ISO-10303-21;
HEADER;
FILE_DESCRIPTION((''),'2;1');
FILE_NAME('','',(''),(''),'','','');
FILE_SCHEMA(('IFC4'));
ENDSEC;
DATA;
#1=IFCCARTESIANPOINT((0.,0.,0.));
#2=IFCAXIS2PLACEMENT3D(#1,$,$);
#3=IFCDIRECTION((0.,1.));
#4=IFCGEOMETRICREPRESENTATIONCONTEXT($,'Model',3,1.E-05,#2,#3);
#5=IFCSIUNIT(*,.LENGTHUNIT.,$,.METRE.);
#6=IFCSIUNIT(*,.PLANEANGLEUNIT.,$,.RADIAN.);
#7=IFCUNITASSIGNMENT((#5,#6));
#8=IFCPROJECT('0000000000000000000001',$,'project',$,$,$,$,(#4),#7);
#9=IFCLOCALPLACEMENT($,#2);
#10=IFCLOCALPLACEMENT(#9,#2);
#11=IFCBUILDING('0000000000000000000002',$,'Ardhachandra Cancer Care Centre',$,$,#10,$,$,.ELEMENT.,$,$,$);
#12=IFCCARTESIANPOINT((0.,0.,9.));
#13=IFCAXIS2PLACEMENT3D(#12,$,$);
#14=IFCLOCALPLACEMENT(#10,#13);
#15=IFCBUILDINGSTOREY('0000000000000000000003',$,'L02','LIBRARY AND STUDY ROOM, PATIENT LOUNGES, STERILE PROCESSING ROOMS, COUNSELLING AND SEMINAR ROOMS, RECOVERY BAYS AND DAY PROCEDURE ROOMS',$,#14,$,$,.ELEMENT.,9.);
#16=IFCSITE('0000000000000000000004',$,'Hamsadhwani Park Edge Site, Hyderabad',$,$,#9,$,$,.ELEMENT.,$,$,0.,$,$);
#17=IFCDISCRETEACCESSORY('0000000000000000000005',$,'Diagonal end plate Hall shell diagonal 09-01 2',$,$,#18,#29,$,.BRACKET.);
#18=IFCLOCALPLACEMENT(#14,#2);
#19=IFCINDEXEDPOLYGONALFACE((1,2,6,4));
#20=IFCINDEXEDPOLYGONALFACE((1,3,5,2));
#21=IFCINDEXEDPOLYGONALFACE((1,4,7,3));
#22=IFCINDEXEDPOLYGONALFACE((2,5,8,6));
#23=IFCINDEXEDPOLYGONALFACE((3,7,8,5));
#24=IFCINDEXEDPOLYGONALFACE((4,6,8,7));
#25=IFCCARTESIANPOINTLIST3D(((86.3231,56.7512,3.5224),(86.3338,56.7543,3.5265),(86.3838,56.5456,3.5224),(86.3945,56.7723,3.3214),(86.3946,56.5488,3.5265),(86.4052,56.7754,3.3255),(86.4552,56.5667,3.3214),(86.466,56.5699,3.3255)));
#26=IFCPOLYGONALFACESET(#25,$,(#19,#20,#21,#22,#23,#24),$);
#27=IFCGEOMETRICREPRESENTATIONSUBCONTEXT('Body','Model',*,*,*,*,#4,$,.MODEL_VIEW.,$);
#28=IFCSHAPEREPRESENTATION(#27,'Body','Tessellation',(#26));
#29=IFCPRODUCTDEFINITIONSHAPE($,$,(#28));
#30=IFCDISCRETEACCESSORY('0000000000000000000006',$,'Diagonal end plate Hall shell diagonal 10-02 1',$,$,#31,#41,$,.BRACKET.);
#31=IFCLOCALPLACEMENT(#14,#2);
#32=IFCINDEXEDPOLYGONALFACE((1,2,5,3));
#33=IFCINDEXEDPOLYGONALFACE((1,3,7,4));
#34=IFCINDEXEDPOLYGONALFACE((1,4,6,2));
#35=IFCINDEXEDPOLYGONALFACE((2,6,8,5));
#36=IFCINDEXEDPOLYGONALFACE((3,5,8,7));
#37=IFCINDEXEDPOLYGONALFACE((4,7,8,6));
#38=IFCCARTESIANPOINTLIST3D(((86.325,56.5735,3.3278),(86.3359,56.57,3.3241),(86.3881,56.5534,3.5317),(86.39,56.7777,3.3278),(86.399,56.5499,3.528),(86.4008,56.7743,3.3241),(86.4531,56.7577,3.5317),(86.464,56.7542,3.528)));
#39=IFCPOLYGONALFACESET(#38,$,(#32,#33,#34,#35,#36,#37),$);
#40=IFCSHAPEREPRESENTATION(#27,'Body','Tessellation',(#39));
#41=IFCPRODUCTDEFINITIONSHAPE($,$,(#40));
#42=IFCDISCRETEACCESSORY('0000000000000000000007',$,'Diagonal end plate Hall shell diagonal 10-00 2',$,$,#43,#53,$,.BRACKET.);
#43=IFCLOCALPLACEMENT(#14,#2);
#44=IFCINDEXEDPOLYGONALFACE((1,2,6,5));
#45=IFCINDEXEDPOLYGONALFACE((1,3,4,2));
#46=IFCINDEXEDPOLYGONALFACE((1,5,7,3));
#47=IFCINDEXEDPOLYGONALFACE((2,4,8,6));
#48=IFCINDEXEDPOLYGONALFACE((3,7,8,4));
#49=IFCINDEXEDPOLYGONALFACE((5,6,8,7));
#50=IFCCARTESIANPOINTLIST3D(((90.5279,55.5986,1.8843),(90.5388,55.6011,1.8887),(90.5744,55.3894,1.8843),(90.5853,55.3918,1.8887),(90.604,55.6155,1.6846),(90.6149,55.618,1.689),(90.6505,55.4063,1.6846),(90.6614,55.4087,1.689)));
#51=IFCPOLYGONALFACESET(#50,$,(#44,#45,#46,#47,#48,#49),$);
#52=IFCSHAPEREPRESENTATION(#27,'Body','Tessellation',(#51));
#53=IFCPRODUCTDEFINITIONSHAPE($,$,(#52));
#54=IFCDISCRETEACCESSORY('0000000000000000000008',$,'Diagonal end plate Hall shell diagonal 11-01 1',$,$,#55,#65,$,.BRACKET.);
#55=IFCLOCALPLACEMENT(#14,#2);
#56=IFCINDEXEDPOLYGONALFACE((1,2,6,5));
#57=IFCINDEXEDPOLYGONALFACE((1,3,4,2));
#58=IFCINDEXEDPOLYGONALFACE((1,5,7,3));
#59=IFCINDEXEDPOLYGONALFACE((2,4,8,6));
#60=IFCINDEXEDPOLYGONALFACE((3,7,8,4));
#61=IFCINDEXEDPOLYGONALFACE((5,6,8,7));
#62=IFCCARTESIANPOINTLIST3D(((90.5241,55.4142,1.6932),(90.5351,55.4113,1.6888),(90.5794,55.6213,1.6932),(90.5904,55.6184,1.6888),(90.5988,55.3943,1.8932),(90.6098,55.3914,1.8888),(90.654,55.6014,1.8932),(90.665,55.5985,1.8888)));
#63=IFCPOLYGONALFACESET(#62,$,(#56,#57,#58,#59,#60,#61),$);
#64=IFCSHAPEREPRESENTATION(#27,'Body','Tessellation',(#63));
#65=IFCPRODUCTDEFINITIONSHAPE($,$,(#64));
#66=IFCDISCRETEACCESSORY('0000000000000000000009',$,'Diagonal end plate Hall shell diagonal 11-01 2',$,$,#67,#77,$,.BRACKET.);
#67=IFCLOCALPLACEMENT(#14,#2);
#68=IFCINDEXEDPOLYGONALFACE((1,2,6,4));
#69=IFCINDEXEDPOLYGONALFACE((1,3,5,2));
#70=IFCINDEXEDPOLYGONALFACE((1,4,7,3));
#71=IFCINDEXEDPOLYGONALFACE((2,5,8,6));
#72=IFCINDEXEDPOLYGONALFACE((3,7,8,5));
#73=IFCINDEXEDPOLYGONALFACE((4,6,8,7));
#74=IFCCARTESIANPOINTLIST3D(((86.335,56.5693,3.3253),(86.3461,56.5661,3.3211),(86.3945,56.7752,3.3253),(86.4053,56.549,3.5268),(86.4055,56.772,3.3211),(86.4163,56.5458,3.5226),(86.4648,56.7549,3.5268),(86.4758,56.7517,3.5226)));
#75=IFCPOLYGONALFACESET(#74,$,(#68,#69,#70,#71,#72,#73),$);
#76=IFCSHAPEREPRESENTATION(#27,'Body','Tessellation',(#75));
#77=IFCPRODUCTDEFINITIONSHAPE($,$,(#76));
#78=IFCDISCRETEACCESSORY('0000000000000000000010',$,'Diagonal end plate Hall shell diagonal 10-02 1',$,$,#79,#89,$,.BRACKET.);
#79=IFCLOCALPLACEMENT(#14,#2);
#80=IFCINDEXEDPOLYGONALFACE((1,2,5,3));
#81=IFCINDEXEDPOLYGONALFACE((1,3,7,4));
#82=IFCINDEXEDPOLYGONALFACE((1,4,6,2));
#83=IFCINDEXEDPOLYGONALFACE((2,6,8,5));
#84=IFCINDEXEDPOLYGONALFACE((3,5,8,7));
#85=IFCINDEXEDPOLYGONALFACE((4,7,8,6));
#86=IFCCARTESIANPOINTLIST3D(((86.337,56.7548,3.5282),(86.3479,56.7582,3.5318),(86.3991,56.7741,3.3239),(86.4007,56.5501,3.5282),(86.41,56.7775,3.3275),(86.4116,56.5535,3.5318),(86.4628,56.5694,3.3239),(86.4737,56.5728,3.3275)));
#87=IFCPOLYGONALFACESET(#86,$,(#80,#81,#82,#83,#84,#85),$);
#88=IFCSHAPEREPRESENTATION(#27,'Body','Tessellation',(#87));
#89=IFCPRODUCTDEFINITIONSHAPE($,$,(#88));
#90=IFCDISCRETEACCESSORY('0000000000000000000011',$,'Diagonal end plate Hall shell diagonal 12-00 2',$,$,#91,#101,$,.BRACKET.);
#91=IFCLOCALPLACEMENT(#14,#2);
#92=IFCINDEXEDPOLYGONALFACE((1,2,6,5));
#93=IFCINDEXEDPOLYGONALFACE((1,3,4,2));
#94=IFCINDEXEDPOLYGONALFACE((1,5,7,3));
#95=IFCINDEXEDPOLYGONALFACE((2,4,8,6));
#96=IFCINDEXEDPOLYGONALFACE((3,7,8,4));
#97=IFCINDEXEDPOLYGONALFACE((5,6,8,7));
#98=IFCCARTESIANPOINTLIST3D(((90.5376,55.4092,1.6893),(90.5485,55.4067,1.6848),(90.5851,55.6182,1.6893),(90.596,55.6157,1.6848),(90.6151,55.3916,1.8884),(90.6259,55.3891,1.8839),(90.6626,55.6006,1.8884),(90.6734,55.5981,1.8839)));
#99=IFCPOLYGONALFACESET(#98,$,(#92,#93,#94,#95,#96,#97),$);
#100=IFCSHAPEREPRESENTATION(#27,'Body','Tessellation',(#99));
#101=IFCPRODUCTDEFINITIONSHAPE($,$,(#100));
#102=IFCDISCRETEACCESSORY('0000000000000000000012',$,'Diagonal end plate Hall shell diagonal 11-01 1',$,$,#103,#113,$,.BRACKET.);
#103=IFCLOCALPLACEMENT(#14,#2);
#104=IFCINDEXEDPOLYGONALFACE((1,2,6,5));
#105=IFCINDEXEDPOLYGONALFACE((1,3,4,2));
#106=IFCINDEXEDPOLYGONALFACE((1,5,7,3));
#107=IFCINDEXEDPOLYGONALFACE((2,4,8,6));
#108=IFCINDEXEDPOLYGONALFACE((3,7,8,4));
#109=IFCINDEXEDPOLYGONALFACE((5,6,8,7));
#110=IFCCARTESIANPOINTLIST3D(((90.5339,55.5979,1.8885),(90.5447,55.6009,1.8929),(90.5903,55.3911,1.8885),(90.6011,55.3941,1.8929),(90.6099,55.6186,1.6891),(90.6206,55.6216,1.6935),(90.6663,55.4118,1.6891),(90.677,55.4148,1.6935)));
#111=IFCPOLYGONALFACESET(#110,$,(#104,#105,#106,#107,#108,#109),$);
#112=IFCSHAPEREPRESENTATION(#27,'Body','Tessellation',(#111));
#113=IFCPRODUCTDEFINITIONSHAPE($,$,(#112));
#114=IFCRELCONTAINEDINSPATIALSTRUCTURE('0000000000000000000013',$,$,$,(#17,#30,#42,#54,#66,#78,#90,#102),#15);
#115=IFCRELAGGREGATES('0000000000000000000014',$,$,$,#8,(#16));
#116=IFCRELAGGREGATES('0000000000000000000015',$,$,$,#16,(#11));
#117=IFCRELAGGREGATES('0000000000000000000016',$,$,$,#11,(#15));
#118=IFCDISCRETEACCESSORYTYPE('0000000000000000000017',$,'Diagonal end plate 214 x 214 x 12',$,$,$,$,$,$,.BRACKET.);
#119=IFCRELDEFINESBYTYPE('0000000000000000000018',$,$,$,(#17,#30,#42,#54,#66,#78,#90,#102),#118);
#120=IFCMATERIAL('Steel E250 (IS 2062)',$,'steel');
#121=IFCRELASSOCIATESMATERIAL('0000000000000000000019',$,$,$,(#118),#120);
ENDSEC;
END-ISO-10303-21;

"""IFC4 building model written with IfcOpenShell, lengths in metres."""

from ifc_helpers import new_model, si_unit, direction, frame, origin, origin_2d, place, context, subcontext, project, spatial, rectangle, extrude, material, material_profile, profile_set, type_object, element, save


model = new_model("IFC4")

# Units and contexts
model_context = context("Model", 3, precision=1e-05, world=origin(), true_north=direction((0.0, 1.0)))
body_context = subcontext(model_context, "Body", "Model", "MODEL_VIEW")
ifc_project = project(units=[si_unit("LENGTHUNIT", "METRE"), si_unit("PLANEANGLEUNIT", "RADIAN")], contexts=[model_context])

# Site, building, storey
site_placement = place(None, origin())
site = spatial("IfcSite", under=ifc_project, at=site_placement, Name="Hamsadhwani Park Edge Site, Hyderabad", CompositionType="ELEMENT", RefElevation=0.0)
building_placement = place(site_placement, origin())
building = spatial("IfcBuilding", under=site, at=building_placement, Name="Ardhachandra Cancer Care Centre", CompositionType="ELEMENT")
storey_placement = place(building_placement, frame((0.0, 0.0, 9.0)))
storey = spatial("IfcBuildingStorey", under=building, at=storey_placement, Name="L02", Description="LIBRARY AND STUDY ROOM, PATIENT LOUNGES, STERILE PROCESSING ROOMS, COUNSELLING AND SEMINAR ROOMS, RECOVERY BAYS AND DAY PROCEDURE ROOMS", CompositionType="ELEMENT", Elevation=9.0)

# Discrete accessories
ifc_material_1 = material(Name="Steel E250 (IS 2062)", Category="steel")
ifc_material_profile_1 = material_profile(ifc_material_1, rectangle(XDim=0.2144, YDim=0.2144, at=origin_2d()), Name="PL 214x214x12")
ifc_profile_set_1 = profile_set([ifc_material_profile_1], Name="Steel E250 (IS 2062)")
discrete_accessory_type = type_object("IfcDiscreteAccessoryType", Name="Diagonal end plate 214 x 214 x 12", PredefinedType="BRACKET", material=ifc_profile_set_1)
for number, where, z_axis, x_axis, name in (
    (1, (86.3999, 56.6621, 3.426), (-0.899271, -0.265694, -0.347446), (0.283346, -0.959018, 0.0), "Diagonal end plate Hall shell diagonal 09-01 2"),
    (2, (86.3999, 56.6621, 3.426), (-0.906302, 0.288369, 0.308967), (-0.303204, -0.952926, 0.0), "Diagonal end plate Hall shell diagonal 10-02 1"),
    (3, (90.6001, 55.5049, 1.7888), (-0.909323, -0.202072, -0.363729), (0.21693, -0.976187, 0.0), "Diagonal end plate Hall shell diagonal 10-00 2"),
):
    element("IfcDiscreteAccessory", number, at=place(storey_placement, frame(where, z_axis=z_axis, x_axis=x_axis)), inside=storey, type_object=discrete_accessory_type, Name=name, PredefinedType="BRACKET", context=body_context, shape_type="SweptSolid", body=[
        extrude(rectangle(XDim=0.2144, YDim=0.2144, at=origin_2d()), origin(), (0.0, 0.0, 1.0), 0.012),
    ])
for number, where, z_axis, x_axis, name in (
    (4, (90.6001, 55.5049, 1.7888), (-0.901263, 0.240337, 0.360505), (-0.257663, -0.966235, 0.0), "Diagonal end plate Hall shell diagonal 11-01 1"),
    (5, (86.3999, 56.6621, 3.426), (0.903076, -0.260889, -0.341162), (0.27754, 0.960714, 0.0), "Diagonal end plate Hall shell diagonal 11-01 2"),
):
    element("IfcDiscreteAccessory", number, at=place(storey_placement, frame(where, z_axis=z_axis, x_axis=x_axis)), inside=storey, type_object=discrete_accessory_type, Name=name, PredefinedType="BRACKET", context=body_context, shape_type="SweptSolid", body=[
        extrude(rectangle(XDim=0.2144, YDim=0.2144, at=origin_2d()), origin(), (0.0, 0.0, 1.0), 0.0122),
    ])
for number, where, z_axis, x_axis, name in (
    (6, (86.3999, 56.6621, 3.426), (0.90988, 0.283074, 0.303293), (-0.297067, 0.954857, 0.0), "Diagonal end plate Hall shell diagonal 10-02 1"),
    (7, (90.6001, 55.5049, 1.7888), (0.905726, -0.205847, -0.370524), (0.221621, 0.975133, 0.0), "Diagonal end plate Hall shell diagonal 12-00 2"),
    (8, (90.6001, 55.5049, 1.7888), (0.897399, 0.244745, 0.367118), (-0.263117, 0.964764, 0.0), "Diagonal end plate Hall shell diagonal 11-01 1"),
):
    element("IfcDiscreteAccessory", number, at=place(storey_placement, frame(where, z_axis=z_axis, x_axis=x_axis)), inside=storey, type_object=discrete_accessory_type, Name=name, PredefinedType="BRACKET", context=body_context, shape_type="SweptSolid", body=[
        extrude(rectangle(XDim=0.2144, YDim=0.2144, at=origin_2d()), origin(), (0.0, 0.0, 1.0), 0.012),
    ])

save(model, "model.ifc")
